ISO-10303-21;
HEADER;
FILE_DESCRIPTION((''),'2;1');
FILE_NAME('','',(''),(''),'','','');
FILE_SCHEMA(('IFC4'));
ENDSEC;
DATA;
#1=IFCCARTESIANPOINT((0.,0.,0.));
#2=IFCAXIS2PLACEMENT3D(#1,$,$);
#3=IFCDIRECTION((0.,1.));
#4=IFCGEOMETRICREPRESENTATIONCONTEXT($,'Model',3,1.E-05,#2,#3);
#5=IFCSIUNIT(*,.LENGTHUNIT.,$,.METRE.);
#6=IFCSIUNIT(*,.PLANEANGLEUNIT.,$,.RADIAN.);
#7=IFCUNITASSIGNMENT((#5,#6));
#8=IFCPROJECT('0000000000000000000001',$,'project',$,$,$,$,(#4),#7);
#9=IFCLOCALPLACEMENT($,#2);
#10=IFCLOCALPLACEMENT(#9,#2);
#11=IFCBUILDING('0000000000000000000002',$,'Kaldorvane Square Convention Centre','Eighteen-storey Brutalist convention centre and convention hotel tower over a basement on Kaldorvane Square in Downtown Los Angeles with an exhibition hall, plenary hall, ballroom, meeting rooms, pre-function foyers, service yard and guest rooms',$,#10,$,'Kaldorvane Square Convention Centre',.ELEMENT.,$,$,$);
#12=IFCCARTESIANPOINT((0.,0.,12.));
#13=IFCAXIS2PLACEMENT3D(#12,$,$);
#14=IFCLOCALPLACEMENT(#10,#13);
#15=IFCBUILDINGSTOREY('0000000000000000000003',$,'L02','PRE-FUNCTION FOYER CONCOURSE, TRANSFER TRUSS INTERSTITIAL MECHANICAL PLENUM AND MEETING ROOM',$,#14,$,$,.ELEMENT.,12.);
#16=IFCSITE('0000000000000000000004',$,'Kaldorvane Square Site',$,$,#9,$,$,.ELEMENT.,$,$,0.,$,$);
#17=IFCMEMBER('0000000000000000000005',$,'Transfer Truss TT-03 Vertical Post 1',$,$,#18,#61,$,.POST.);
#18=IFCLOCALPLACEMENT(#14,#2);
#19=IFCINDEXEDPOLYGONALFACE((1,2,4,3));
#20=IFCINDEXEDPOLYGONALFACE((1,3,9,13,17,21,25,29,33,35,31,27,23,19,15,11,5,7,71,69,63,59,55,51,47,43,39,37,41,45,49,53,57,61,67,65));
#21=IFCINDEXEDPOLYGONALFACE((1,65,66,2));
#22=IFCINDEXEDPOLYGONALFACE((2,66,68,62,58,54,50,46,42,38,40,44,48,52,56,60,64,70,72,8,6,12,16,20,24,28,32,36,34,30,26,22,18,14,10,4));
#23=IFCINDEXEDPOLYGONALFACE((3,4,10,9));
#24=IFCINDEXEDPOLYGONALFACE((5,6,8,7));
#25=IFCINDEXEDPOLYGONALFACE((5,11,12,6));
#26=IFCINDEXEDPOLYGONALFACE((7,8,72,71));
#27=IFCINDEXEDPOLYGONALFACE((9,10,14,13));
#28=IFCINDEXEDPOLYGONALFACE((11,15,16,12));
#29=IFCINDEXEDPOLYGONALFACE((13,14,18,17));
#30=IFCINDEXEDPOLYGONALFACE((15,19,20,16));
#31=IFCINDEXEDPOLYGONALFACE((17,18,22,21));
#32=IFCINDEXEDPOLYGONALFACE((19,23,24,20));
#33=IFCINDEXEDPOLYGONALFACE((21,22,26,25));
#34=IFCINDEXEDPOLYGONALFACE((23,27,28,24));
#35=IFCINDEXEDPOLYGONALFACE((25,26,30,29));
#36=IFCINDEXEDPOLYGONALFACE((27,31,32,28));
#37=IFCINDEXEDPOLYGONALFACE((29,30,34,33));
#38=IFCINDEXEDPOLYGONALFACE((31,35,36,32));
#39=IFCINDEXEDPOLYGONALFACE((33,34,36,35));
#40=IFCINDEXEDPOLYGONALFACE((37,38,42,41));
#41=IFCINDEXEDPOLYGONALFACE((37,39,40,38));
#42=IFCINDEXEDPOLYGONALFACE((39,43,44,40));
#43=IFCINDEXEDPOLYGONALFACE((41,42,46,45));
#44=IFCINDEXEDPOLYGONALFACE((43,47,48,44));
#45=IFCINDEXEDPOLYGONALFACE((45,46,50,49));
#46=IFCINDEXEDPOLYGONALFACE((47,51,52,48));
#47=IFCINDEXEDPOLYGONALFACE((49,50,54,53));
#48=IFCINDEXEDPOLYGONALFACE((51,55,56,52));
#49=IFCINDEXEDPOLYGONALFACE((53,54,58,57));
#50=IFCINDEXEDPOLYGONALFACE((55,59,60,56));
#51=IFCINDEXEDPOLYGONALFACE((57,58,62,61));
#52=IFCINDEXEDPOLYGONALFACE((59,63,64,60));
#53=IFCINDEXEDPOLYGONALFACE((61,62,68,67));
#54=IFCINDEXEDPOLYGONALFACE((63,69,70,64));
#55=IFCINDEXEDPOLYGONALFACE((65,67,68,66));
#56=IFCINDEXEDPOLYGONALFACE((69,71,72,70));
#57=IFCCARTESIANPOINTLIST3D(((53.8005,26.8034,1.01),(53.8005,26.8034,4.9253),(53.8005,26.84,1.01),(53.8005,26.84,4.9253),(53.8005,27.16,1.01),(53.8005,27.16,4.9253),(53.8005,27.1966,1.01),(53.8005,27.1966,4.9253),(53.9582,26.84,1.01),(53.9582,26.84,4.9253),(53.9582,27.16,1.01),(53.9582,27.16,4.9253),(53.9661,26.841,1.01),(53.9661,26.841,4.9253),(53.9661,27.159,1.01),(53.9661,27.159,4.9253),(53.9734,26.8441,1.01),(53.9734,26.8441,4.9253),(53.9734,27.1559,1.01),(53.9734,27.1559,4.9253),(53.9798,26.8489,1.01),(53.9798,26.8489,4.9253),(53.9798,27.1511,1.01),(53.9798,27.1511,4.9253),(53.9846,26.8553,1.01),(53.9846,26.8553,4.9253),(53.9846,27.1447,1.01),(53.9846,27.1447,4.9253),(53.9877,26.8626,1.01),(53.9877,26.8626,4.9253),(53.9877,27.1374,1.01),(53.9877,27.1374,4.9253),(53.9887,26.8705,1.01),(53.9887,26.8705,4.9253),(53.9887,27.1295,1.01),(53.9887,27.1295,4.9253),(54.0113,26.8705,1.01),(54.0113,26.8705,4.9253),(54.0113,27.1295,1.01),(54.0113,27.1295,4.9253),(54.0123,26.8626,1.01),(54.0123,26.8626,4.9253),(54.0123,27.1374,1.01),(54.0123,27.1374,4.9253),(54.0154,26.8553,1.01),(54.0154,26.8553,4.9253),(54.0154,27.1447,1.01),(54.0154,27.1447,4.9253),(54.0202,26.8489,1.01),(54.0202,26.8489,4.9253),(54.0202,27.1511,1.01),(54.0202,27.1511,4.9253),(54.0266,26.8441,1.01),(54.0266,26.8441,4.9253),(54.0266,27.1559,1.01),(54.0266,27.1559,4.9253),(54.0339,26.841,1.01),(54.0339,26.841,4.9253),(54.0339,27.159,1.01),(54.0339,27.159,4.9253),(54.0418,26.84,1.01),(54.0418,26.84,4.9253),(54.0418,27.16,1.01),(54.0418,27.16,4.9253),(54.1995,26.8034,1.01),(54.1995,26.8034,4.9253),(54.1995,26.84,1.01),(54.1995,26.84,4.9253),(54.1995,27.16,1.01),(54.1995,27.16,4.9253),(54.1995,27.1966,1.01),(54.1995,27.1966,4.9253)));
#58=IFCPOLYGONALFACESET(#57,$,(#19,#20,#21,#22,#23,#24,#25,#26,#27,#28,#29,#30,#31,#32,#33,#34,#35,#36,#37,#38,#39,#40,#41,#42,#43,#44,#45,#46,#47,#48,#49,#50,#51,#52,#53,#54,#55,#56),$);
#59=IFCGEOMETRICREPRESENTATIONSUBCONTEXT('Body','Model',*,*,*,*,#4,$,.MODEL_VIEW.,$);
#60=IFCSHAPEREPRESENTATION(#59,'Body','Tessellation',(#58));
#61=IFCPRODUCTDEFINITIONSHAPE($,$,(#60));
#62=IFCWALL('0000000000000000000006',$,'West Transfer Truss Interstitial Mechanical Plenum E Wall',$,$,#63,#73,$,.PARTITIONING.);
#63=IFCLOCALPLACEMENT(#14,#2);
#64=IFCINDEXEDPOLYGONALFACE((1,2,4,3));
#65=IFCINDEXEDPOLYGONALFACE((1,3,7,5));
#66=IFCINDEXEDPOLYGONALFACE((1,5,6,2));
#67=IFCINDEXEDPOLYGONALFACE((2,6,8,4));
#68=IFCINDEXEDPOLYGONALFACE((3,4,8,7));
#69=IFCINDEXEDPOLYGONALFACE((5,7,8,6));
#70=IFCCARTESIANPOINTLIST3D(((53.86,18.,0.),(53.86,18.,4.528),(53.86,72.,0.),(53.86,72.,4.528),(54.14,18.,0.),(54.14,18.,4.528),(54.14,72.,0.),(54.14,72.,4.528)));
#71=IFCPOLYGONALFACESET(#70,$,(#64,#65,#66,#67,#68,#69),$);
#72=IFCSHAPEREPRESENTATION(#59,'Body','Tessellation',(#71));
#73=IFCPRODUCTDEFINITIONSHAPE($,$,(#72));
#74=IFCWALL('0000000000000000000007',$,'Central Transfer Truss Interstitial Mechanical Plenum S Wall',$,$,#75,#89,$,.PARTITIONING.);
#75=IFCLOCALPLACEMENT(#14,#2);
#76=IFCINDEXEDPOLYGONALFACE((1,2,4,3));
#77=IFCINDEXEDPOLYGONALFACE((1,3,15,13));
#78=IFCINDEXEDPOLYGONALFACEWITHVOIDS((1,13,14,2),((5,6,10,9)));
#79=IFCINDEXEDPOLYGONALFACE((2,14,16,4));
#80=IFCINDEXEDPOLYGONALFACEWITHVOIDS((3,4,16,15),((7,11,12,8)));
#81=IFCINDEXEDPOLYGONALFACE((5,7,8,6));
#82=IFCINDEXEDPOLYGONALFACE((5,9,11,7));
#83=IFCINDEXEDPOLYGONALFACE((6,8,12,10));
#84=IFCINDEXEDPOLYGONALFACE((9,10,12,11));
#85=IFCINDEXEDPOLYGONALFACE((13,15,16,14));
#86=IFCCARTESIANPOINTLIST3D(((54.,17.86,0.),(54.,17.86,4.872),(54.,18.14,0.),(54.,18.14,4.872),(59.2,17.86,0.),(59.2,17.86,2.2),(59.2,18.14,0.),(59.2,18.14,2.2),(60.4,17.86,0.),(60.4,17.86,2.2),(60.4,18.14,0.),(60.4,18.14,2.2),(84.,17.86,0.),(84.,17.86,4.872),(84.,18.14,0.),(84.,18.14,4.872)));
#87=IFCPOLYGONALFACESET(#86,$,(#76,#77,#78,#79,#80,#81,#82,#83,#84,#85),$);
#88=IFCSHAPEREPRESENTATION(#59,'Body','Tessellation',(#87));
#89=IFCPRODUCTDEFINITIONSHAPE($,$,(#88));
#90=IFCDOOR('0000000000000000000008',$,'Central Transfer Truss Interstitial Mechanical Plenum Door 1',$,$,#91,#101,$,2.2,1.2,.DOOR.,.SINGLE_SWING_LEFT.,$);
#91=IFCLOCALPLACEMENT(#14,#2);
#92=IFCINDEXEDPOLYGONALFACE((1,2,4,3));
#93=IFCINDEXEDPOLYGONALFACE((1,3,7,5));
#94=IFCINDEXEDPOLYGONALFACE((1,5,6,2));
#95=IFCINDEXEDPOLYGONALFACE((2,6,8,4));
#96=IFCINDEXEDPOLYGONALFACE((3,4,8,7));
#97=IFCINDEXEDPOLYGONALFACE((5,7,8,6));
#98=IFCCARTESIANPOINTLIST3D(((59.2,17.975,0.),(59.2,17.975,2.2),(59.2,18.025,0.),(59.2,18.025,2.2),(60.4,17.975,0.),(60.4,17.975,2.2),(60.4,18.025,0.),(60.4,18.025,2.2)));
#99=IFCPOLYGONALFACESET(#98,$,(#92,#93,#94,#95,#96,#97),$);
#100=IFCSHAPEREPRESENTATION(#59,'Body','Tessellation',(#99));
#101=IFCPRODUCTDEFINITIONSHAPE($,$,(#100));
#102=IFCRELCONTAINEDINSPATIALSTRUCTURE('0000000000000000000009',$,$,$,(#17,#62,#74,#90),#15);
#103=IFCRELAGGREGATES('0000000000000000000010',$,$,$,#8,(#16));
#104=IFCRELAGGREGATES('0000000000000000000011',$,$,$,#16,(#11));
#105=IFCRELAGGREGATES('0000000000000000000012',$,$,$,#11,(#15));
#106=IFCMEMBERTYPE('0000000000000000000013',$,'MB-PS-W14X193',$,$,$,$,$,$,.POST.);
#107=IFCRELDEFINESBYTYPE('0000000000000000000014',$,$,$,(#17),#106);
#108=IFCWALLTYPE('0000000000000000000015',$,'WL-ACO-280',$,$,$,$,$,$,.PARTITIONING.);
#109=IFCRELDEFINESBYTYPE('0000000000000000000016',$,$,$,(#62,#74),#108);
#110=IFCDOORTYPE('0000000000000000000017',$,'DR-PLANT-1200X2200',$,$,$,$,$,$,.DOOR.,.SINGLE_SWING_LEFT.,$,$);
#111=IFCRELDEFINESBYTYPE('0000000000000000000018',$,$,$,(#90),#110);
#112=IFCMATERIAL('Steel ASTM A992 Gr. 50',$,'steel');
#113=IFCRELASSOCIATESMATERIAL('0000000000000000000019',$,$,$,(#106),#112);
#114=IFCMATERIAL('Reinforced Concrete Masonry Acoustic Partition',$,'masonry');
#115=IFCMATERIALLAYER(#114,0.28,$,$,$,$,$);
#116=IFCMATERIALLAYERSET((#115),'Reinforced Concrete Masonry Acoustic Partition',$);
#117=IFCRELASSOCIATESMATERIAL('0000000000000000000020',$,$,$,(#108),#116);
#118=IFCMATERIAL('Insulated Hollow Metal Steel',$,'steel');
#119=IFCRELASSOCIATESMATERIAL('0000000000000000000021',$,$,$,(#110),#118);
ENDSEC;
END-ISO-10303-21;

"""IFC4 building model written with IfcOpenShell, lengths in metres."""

from ifc_helpers import new_model, si_unit, direction, frame, frame_2d, origin, origin_2d, place, context, subcontext, project, spatial, rectangle, i_section, extrude, material, layer, layer_set, material_profile, profile_set, type_object, element, fill, save


model = new_model("IFC4")

# Units and contexts
model_context = context("Model", 3, precision=1e-05, world=origin(), true_north=direction((0.0, 1.0)))
body_context = subcontext(model_context, "Body", "Model", "MODEL_VIEW")
ifc_project = project(units=[si_unit("LENGTHUNIT", "METRE"), si_unit("PLANEANGLEUNIT", "RADIAN")], contexts=[model_context])

# Site, building, storey
site_placement = place(None, origin())
site = spatial("IfcSite", under=ifc_project, at=site_placement, Name="Kaldorvane Square Site", CompositionType="ELEMENT", RefElevation=0.0)
building_placement = place(site_placement, origin())
building = spatial("IfcBuilding", under=site, at=building_placement, Name="Kaldorvane Square Convention Centre", Description="Eighteen-storey Brutalist convention centre and convention hotel tower over a basement on Kaldorvane Square in Downtown Los Angeles with an exhibition hall, plenary hall, ballroom, meeting rooms, pre-function foyers, service yard and guest rooms", LongName="Kaldorvane Square Convention Centre", CompositionType="ELEMENT")
storey_placement = place(building_placement, frame((0.0, 0.0, 12.0)))
storey = spatial("IfcBuildingStorey", under=building, at=storey_placement, Name="L02", Description="PRE-FUNCTION FOYER CONCOURSE, TRANSFER TRUSS INTERSTITIAL MECHANICAL PLENUM AND MEETING ROOM", CompositionType="ELEMENT", Elevation=12.0)

# Shared definitions
ifc_material_1 = material(Name="Steel ASTM A992 Gr. 50", Category="steel")

# Member
ifc_material_profile_1 = material_profile(ifc_material_1, i_section(OverallWidth=0.399, OverallDepth=0.3932, WebThickness=0.0226, FlangeThickness=0.0366, FilletRadius=0.0305, at=origin_2d()), Name="W14X193")
ifc_profile_set_1 = profile_set([ifc_material_profile_1], Name="Steel ASTM A992 Gr. 50")
member_type_1 = type_object("IfcMemberType", Name="MB-PS-W14X193", PredefinedType="POST", material=ifc_profile_set_1)
member_1_placement = place(storey_placement, frame((54.0, 27.0, 1.01), z_axis=(0.0, 0.0, 1.0), x_axis=(1.0, 0.0, 0.0)))
element("IfcMember", 1, at=member_1_placement, inside=storey, type_object=member_type_1, Name="Transfer Truss TT-03 Vertical Post 1", PredefinedType="POST", context=body_context, shape_type="SweptSolid", body=[
    extrude(i_section(OverallWidth=0.399, OverallDepth=0.3932, WebThickness=0.0226, FlangeThickness=0.0366, FilletRadius=0.0305, at=origin_2d()), origin(), (0.0, 0.0, 1.0), 3.9153),
])

# Wall
ifc_material_2 = material(Name="Reinforced Concrete Masonry Acoustic Partition", Category="masonry")
ifc_layer = layer(ifc_material_2, 0.28)
ifc_layer_set = layer_set([ifc_layer], Name="Reinforced Concrete Masonry Acoustic Partition")
wall_type = type_object("IfcWallType", Name="WL-ACO-280", PredefinedType="PARTITIONING", material=ifc_layer_set)
wall_1_placement = place(storey_placement, frame((54.0, 18.0, 0.0), z_axis=(0.0, 0.0, 1.0), x_axis=(0.0, 1.0, 0.0)))
element("IfcWall", 2, at=wall_1_placement, inside=storey, type_object=wall_type, Name="West Transfer Truss Interstitial Mechanical Plenum E Wall", PredefinedType="PARTITIONING", context=body_context, shape_type="SweptSolid", body=[
    extrude(rectangle(XDim=54.0, YDim=0.28, at=frame_2d((27.0, 0.0))), origin(), (0.0, 0.0, 1.0), 4.528),
])

# Wall, opening, door
wall_2_placement = place(storey_placement, frame((54.0, 18.0, 0.0), z_axis=(0.0, 0.0, 1.0), x_axis=(1.0, 0.0, 0.0)))
wall_2 = element("IfcWall", 3, at=wall_2_placement, inside=storey, type_object=wall_type, Name="Central Transfer Truss Interstitial Mechanical Plenum S Wall", PredefinedType="PARTITIONING", context=body_context, shape_type="SweptSolid", body=[
    extrude(rectangle(XDim=30.0, YDim=0.28, at=frame_2d((15.0, 0.0))), origin(), (0.0, 0.0, 1.0), 4.872),
])
opening_placement = place(wall_2_placement, frame((5.2, 0.0, 0.0)))
opening = element("IfcOpeningElement", 4, at=opening_placement, cuts=wall_2, PredefinedType="OPENING", context=body_context, shape_type="SweptSolid", body=[
    extrude(rectangle(XDim=1.2, YDim=2.2, at=frame_2d((0.6, 1.1))), frame((0.0, 0.155, 0.0), z_axis=(0.0, -1.0, 0.0), x_axis=(1.0, 0.0, 0.0)), (0.0, 0.0, 1.0), 0.31),
])
ifc_material_3 = material(Name="Insulated Hollow Metal Steel", Category="steel")
door_type = type_object("IfcDoorType", Name="DR-PLANT-1200X2200", OperationType="SINGLE_SWING_LEFT", PredefinedType="DOOR", material=ifc_material_3)
door_placement = place(opening_placement, origin())
door = element("IfcDoor", 5, at=door_placement, inside=storey, type_object=door_type, Name="Central Transfer Truss Interstitial Mechanical Plenum Door 1", OperationType="SINGLE_SWING_LEFT", OverallHeight=2.2, OverallWidth=1.2, PredefinedType="DOOR", context=body_context, shape_type="SweptSolid", body=[
    extrude(rectangle(XDim=1.2, YDim=2.2, at=frame_2d((0.6, 1.1))), frame((0.0, 0.025, 0.0), z_axis=(0.0, -1.0, 0.0), x_axis=(1.0, 0.0, 0.0)), (0.0, 0.0, 1.0), 0.05),
])
fill(opening, door)

save(model, "model.ifc")
